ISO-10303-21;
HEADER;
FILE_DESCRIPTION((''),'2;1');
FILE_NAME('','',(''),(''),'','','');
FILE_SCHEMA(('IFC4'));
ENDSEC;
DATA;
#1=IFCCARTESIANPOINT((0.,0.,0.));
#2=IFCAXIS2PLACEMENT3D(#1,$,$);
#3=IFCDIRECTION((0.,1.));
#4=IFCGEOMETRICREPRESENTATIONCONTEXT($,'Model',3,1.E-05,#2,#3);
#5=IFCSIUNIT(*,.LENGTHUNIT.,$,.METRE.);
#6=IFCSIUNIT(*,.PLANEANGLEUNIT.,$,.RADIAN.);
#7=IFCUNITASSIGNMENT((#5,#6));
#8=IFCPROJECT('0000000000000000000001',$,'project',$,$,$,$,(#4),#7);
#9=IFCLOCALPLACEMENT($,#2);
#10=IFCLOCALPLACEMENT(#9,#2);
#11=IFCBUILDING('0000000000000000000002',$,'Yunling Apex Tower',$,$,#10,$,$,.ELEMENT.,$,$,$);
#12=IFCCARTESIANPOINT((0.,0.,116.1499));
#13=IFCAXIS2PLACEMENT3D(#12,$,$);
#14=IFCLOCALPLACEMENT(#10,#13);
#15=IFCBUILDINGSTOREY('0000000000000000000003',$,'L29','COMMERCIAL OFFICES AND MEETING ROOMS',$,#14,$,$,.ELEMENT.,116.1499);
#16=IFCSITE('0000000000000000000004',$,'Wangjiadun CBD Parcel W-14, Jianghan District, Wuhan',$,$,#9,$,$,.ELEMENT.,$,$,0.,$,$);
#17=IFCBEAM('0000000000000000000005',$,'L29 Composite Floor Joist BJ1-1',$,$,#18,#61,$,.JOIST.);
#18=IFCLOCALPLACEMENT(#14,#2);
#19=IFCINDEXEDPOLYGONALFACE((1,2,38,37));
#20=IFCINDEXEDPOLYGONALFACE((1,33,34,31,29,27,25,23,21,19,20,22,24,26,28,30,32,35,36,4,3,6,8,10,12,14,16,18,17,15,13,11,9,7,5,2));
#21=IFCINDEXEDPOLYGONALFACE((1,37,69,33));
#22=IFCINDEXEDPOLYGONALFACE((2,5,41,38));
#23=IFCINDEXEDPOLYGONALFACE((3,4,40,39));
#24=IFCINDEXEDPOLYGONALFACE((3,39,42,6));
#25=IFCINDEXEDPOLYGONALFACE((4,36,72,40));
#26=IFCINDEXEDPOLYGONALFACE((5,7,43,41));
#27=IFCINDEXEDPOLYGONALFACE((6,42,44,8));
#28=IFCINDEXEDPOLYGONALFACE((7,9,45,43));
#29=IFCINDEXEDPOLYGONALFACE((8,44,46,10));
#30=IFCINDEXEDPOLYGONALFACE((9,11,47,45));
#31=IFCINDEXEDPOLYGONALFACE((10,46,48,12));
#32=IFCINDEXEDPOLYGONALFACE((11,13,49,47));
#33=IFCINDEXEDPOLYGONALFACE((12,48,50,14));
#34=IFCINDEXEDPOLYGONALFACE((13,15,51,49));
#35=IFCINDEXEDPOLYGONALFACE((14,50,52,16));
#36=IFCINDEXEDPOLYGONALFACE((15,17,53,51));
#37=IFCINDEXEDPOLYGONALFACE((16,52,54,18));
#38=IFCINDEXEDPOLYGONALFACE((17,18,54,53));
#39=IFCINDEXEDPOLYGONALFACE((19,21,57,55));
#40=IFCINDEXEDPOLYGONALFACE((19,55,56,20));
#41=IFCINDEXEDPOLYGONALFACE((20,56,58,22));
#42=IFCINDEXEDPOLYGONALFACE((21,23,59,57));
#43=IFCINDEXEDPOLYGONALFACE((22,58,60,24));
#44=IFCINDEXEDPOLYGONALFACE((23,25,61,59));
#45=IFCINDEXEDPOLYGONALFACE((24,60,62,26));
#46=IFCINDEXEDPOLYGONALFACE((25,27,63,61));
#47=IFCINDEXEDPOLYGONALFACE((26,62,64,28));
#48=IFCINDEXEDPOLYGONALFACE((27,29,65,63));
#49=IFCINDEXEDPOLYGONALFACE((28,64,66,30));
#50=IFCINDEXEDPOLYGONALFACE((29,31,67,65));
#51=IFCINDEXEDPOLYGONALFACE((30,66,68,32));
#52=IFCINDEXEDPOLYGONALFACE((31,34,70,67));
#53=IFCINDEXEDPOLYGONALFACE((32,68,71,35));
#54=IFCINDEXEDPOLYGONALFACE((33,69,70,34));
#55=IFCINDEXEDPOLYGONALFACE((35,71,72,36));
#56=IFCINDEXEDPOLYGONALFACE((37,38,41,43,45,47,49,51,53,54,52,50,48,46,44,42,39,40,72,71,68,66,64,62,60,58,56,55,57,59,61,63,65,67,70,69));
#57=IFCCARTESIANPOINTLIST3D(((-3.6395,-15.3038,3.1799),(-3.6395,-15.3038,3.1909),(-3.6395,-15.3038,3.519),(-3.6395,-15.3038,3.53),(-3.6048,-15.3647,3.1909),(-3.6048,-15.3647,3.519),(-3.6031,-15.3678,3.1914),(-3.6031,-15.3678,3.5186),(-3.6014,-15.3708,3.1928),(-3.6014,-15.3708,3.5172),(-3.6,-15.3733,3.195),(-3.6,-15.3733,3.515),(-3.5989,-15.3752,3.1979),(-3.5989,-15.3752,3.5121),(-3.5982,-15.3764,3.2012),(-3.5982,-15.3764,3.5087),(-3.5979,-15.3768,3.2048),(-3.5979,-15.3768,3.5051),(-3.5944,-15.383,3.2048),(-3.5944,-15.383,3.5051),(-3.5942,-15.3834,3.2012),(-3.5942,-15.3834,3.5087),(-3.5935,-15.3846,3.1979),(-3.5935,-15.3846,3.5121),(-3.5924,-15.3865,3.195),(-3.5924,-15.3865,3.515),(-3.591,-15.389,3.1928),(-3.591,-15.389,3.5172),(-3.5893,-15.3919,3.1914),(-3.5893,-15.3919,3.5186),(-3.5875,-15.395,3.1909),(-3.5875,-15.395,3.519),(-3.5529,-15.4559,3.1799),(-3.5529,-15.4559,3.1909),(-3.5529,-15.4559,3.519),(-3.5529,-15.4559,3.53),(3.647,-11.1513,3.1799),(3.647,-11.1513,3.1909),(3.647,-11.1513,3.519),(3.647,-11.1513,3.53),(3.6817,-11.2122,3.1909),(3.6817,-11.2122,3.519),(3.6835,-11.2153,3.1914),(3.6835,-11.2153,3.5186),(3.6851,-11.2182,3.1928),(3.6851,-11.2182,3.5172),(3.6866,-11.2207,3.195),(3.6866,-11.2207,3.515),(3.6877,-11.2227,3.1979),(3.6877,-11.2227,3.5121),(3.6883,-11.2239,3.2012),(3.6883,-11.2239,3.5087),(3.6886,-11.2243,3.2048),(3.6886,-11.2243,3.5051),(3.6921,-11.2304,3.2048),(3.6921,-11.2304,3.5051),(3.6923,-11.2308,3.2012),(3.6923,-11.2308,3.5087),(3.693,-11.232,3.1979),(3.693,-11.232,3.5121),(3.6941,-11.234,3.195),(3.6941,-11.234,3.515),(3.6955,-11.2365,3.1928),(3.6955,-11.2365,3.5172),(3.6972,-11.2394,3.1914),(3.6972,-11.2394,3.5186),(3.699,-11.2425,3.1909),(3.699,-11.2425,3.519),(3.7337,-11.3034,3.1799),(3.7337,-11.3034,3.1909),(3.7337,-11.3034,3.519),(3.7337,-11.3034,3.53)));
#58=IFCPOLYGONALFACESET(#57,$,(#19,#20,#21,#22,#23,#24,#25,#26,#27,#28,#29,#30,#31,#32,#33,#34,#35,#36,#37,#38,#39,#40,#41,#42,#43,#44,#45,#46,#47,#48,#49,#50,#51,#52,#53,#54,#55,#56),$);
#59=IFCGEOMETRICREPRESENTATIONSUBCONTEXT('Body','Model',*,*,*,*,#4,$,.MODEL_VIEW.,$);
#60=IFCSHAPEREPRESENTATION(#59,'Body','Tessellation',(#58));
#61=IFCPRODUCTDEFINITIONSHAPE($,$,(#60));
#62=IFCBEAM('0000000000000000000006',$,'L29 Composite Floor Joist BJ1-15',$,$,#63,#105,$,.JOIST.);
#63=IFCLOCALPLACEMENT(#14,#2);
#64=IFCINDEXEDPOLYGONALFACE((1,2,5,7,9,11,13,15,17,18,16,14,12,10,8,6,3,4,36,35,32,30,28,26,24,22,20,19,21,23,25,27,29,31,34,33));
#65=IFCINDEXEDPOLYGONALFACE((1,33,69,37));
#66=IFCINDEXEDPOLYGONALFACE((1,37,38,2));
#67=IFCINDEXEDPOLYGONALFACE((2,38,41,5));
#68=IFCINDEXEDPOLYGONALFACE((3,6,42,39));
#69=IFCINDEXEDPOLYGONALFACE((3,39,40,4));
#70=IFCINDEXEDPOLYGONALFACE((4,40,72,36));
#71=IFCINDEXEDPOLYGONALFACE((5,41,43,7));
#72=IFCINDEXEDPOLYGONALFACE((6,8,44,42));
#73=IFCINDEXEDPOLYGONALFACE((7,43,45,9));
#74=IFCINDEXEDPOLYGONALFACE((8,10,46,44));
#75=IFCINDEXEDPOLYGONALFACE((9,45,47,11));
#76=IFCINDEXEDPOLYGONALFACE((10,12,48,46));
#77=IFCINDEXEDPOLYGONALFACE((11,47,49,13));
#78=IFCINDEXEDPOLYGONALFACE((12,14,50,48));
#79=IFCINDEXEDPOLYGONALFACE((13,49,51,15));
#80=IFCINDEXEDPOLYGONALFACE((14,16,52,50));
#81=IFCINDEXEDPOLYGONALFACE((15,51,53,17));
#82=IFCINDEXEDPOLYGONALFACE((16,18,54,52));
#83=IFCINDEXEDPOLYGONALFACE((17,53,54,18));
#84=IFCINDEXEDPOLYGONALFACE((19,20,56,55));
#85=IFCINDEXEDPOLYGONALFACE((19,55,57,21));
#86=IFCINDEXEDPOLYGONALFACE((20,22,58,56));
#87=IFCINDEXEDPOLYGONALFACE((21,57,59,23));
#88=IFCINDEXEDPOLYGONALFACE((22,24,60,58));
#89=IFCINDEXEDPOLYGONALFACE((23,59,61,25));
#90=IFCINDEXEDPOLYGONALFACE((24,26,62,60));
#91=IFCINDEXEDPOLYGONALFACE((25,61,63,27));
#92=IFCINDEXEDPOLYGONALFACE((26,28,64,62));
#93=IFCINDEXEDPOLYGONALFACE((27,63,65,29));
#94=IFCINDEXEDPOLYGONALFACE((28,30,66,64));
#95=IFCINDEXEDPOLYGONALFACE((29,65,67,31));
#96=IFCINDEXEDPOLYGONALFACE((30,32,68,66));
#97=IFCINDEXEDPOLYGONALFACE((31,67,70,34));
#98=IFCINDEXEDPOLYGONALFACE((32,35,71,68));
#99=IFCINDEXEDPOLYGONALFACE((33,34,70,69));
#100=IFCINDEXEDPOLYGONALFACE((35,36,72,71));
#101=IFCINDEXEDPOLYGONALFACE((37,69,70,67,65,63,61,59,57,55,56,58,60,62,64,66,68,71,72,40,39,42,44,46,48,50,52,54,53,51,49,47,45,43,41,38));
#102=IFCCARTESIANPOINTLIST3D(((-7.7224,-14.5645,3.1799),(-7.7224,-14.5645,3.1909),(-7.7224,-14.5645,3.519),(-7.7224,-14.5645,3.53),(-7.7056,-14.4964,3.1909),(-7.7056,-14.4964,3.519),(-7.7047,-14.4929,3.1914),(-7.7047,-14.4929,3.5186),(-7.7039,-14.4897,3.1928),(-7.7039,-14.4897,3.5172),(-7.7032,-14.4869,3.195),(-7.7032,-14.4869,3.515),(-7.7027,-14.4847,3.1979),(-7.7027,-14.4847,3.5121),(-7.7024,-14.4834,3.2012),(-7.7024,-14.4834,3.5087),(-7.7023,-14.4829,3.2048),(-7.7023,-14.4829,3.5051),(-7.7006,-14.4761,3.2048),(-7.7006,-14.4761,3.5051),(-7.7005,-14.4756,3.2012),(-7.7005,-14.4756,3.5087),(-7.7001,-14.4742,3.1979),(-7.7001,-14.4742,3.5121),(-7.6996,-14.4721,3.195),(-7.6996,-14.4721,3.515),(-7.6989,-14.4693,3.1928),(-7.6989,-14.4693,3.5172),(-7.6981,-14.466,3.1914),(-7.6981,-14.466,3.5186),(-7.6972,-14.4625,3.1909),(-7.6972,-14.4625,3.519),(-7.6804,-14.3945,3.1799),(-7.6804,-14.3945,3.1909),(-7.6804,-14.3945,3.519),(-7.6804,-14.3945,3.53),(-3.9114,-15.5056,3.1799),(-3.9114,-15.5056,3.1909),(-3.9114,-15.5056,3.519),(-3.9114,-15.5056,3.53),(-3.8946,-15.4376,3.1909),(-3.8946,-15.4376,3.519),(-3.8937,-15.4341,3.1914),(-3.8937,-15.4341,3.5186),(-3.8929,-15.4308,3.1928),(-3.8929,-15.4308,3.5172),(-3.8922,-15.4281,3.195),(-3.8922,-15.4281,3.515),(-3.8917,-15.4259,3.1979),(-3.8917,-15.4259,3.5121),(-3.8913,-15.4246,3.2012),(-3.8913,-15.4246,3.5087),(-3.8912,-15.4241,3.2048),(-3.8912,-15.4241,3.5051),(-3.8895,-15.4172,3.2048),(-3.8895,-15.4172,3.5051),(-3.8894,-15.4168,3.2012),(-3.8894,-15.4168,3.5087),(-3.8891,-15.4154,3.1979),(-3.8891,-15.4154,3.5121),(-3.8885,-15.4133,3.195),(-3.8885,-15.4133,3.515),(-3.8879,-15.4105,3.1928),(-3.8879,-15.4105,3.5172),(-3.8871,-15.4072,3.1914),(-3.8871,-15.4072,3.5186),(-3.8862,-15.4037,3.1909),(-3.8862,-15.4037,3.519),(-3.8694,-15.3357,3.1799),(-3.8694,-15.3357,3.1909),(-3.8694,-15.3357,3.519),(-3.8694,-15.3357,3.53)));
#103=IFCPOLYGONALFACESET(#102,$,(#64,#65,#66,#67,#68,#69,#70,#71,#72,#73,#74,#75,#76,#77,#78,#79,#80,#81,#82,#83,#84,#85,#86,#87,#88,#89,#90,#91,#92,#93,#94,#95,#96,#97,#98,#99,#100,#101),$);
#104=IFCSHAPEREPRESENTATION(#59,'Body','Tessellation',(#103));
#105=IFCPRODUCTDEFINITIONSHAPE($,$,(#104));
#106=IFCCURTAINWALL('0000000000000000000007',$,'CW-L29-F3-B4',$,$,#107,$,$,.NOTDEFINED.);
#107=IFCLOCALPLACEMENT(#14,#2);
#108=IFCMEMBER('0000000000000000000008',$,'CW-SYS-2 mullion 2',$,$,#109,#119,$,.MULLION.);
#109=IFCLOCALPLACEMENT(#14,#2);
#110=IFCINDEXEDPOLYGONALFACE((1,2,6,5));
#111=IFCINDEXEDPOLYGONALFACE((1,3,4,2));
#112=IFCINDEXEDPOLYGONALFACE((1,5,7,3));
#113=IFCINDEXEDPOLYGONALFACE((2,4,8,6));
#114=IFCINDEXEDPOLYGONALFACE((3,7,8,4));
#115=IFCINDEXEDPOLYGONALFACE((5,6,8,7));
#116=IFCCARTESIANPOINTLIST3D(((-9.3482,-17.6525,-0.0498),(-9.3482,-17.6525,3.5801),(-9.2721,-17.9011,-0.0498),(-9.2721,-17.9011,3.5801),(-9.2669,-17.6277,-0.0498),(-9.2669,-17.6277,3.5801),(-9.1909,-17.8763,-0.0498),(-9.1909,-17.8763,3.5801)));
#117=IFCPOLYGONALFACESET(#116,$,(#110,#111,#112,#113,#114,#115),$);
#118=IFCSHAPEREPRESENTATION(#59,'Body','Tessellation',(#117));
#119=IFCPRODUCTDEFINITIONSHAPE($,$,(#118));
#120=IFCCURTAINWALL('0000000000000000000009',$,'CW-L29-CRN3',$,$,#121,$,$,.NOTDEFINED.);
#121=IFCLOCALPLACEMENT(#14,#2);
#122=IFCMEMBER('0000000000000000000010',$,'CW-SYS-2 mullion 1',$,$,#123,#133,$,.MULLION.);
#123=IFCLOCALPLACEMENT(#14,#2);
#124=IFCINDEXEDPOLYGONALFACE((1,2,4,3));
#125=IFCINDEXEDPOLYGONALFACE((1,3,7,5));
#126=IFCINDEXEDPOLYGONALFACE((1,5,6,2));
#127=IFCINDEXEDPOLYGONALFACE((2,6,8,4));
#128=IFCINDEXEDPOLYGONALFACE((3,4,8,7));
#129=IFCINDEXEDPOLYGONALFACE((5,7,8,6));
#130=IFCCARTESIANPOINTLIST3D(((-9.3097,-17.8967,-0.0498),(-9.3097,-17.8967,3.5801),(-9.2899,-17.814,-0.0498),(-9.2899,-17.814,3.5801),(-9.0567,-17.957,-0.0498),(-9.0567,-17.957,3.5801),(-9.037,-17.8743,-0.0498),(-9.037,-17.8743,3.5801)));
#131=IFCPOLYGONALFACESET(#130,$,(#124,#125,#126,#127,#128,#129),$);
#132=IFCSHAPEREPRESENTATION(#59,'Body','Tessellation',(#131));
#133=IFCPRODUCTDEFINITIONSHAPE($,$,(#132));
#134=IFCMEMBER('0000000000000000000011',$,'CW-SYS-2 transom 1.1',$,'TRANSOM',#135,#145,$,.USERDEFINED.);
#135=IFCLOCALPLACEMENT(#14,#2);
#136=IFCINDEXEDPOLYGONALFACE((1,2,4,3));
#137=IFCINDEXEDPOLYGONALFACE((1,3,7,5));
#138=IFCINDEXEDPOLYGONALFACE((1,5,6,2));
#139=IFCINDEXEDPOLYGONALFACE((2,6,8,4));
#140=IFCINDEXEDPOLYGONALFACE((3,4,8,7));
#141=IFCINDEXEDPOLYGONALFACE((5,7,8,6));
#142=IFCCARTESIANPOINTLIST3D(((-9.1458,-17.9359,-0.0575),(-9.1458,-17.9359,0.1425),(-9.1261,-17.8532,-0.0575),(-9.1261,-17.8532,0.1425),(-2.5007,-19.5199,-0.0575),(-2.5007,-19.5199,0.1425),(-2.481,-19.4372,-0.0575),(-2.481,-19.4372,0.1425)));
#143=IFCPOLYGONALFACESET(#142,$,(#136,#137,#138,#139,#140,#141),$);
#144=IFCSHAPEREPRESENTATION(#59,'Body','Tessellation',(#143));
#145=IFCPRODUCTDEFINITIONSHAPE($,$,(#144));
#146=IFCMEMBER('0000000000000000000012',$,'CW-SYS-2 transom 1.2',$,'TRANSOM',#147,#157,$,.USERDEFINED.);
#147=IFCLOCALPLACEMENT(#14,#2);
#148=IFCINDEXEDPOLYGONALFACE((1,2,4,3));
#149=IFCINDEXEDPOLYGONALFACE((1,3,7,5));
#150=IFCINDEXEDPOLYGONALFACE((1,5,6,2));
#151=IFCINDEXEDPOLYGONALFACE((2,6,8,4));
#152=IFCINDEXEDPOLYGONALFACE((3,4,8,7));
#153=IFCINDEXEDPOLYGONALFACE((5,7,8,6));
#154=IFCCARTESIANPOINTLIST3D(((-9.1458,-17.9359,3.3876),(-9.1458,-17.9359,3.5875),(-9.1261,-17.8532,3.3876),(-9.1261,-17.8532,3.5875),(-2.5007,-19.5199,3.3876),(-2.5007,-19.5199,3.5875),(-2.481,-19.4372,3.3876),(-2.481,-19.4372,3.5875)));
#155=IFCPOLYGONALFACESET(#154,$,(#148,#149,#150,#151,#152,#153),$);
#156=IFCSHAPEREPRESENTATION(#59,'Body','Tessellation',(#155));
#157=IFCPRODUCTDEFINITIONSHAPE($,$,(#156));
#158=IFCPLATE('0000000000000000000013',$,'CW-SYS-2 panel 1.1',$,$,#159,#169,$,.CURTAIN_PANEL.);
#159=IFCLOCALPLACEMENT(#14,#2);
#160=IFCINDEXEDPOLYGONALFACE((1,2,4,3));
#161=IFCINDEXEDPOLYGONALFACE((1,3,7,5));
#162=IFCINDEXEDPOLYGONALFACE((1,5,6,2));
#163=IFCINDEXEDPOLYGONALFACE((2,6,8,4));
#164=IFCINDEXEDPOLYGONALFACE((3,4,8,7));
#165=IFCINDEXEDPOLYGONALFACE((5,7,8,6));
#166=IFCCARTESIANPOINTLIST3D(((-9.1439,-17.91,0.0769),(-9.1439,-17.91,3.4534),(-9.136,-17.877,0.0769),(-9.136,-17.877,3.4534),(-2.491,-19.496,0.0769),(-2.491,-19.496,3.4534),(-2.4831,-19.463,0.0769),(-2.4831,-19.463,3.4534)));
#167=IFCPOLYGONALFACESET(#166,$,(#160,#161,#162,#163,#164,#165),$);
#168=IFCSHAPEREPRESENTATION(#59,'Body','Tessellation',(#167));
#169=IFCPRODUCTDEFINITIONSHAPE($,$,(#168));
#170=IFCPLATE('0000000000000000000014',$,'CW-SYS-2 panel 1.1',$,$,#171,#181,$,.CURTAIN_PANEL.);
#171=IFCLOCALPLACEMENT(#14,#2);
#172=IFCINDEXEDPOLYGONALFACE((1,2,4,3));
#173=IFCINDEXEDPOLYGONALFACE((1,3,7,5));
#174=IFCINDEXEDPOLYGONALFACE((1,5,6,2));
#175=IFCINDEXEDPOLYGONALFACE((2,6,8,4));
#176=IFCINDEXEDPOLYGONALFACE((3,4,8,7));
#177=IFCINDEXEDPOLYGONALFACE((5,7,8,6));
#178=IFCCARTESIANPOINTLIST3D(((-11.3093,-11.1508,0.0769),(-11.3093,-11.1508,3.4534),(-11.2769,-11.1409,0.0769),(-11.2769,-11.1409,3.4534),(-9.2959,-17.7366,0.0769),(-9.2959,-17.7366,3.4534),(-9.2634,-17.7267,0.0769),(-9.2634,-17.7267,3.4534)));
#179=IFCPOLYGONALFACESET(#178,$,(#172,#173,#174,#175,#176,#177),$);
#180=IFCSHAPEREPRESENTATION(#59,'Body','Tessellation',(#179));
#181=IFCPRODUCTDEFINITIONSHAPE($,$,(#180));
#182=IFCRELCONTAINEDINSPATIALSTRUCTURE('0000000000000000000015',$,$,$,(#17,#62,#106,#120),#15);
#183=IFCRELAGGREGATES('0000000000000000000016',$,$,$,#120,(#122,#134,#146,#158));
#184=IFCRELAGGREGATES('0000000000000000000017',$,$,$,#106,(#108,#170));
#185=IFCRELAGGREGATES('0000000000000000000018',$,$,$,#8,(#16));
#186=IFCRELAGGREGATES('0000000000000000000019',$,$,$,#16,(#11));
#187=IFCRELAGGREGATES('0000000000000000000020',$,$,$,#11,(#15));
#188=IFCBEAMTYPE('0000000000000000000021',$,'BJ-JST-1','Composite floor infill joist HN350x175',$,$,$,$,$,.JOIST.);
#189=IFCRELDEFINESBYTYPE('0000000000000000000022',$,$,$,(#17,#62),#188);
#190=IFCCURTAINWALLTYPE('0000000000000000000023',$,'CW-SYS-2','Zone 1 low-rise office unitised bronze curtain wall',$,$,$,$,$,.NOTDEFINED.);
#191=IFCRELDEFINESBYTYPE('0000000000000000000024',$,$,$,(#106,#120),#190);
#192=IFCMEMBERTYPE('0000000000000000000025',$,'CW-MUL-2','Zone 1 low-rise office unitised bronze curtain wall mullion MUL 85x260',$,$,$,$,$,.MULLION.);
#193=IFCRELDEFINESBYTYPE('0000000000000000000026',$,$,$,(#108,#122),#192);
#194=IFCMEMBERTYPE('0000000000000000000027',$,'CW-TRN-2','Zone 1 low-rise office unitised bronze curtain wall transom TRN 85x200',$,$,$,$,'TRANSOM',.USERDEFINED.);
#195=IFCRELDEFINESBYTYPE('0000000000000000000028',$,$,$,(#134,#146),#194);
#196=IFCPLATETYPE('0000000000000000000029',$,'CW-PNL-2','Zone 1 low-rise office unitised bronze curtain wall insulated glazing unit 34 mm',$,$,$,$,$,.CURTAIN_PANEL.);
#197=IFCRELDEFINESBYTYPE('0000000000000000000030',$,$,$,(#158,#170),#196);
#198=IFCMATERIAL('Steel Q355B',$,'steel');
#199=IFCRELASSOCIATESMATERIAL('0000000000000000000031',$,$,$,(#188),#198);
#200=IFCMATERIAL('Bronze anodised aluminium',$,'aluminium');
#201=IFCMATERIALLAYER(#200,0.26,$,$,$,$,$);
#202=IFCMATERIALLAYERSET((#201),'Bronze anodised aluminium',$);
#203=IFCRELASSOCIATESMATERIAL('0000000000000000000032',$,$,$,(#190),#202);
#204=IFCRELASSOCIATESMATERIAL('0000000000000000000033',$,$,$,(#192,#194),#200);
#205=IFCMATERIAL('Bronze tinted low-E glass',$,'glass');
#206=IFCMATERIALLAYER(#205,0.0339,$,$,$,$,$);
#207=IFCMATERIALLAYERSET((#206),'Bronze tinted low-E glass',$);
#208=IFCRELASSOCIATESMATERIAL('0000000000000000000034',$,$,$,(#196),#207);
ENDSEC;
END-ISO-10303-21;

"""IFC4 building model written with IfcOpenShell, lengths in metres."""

from ifc_helpers import new_model, si_unit, direction, frame, origin, origin_2d, place, context, subcontext, project, spatial, rectangle, i_section, extrude, source, transform, mapped, material, layer, layer_set, material_profile, profile_set, type_object, element, aggregate, save


model = new_model("IFC4")

# Units and contexts
model_context = context("Model", 3, precision=1e-05, world=origin(), true_north=direction((0.0, 1.0)))
body_context = subcontext(model_context, "Body", "Model", "MODEL_VIEW")
ifc_project = project(units=[si_unit("LENGTHUNIT", "METRE"), si_unit("PLANEANGLEUNIT", "RADIAN")], contexts=[model_context])

# Site, building, storey
site_placement = place(None, origin())
site = spatial("IfcSite", under=ifc_project, at=site_placement, Name="Wangjiadun CBD Parcel W-14, Jianghan District, Wuhan", CompositionType="ELEMENT", RefElevation=0.0)
building_placement = place(site_placement, origin())
building = spatial("IfcBuilding", under=site, at=building_placement, Name="Yunling Apex Tower", CompositionType="ELEMENT")
storey_placement = place(building_placement, frame((0.0, 0.0, 116.1499)))
storey = spatial("IfcBuildingStorey", under=building, at=storey_placement, Name="L29", Description="COMMERCIAL OFFICES AND MEETING ROOMS", CompositionType="ELEMENT", Elevation=116.1499)

# Beams
ifc_material_1 = material(Name="Steel Q355B", Category="steel")
ifc_material_profile_1 = material_profile(ifc_material_1, i_section(OverallWidth=0.175, OverallDepth=0.3501, WebThickness=0.0071, FlangeThickness=0.011, FilletRadius=0.0139, at=origin_2d()))
ifc_profile_set_1 = profile_set([ifc_material_profile_1], Name="Steel Q355B")
beam_type_1 = type_object("IfcBeamType", Name="BJ-JST-1", Description="Composite floor infill joist HN350x175", PredefinedType="JOIST", material=ifc_profile_set_1)
shared_shape_1 = source(origin(), body_context, "Body", "SweptSolid", [
    extrude(i_section(OverallWidth=0.175, OverallDepth=0.3501, WebThickness=0.0071, FlangeThickness=0.011, FilletRadius=0.0139, at=origin_2d()), origin(), (0.0, 0.0, 1.0), 8.3867),
])
beam_1_placement = place(storey_placement, frame((-3.5962, -15.3799, 3.355), z_axis=(0.868818, 0.495132, 0.0), x_axis=(-0.495132, 0.868818, 0.0)))
element("IfcBeam", 1, at=beam_1_placement, inside=storey, type_object=beam_type_1, Name="L29 Composite Floor Joist BJ1-1", PredefinedType="JOIST", context=body_context, shape_type="MappedRepresentation", body=[
    mapped(shared_shape_1, transform((0.0, 0.0, 0.0), scale=1.0)),
])
shared_shape_2 = source(origin(), body_context, "Body", "SweptSolid", [
    extrude(i_section(OverallWidth=0.175, OverallDepth=0.3501, WebThickness=0.0071, FlangeThickness=0.011, FilletRadius=0.0139, at=origin_2d()), origin(), (0.0, 0.0, 1.0), 3.9255),
])
beam_2_placement = place(storey_placement, frame((-7.7014, -14.4795, 3.355), z_axis=(0.970834, -0.239754, 0.0), x_axis=(0.239754, 0.970834, 0.0)))
element("IfcBeam", 2, at=beam_2_placement, inside=storey, type_object=beam_type_1, Name="L29 Composite Floor Joist BJ1-15", PredefinedType="JOIST", context=body_context, shape_type="MappedRepresentation", body=[
    mapped(shared_shape_2, transform((0.0, 0.0, 0.0), scale=1.0)),
])

# Curtain wall, member
ifc_material_2 = material(Name="Bronze anodised aluminium", Category="aluminium")
ifc_layer_1 = layer(ifc_material_2, 0.26)
ifc_layer_set_1 = layer_set([ifc_layer_1], Name="Bronze anodised aluminium")
curtain_wall_type = type_object("IfcCurtainWallType", Name="CW-SYS-2", Description="Zone 1 low-rise office unitised bronze curtain wall", PredefinedType="NOTDEFINED", material=ifc_layer_set_1)
curtain_wall_1_placement = place(storey_placement, origin())
curtain_wall_1 = element("IfcCurtainWall", 3, at=curtain_wall_1_placement, inside=storey, type_object=curtain_wall_type, Name="CW-L29-F3-B4", PredefinedType="NOTDEFINED")
ifc_material_profile_2 = material_profile(ifc_material_2, rectangle(XDim=0.085, YDim=0.26, at=origin_2d()))
ifc_profile_set_2 = profile_set([ifc_material_profile_2], Name="Bronze anodised aluminium")
member_type_1 = type_object("IfcMemberType", Name="CW-MUL-2", Description="Zone 1 low-rise office unitised bronze curtain wall mullion MUL 85x260", PredefinedType="MULLION", material=ifc_profile_set_2)
shared_shape_3 = source(origin(), body_context, "Body", "SweptSolid", [
    extrude(rectangle(XDim=0.085, YDim=0.26, at=origin_2d()), origin(), (0.0, 0.0, 1.0), 3.6299),
])
member_1_placement = place(storey_placement, frame((-9.2695, -17.7644, -0.0498), z_axis=(0.0, 0.0, 1.0), x_axis=(0.956304, 0.292373, 0.0)))
member_1 = element("IfcMember", 4, at=member_1_placement, type_object=member_type_1, Name="CW-SYS-2 mullion 2", PredefinedType="MULLION", context=body_context, shape_type="MappedRepresentation", body=[
    mapped(shared_shape_3, transform((0.0, 0.0, 0.0), scale=1.0)),
])

# Curtain wall, members, plate
curtain_wall_2_placement = place(storey_placement, origin())
curtain_wall_2 = element("IfcCurtainWall", 5, at=curtain_wall_2_placement, inside=storey, type_object=curtain_wall_type, Name="CW-L29-CRN3", PredefinedType="NOTDEFINED")
member_2_placement = place(storey_placement, frame((-9.1733, -17.8855, -0.0498), z_axis=(0.0, 0.0, 1.0), x_axis=(0.231895, 0.972741, 0.0)))
member_2 = element("IfcMember", 6, at=member_2_placement, type_object=member_type_1, Name="CW-SYS-2 mullion 1", PredefinedType="MULLION", context=body_context, shape_type="MappedRepresentation", body=[
    mapped(shared_shape_3, transform((0.0, 0.0, 0.0), scale=1.0)),
])
ifc_material_profile_3 = material_profile(ifc_material_2, rectangle(XDim=0.085, YDim=0.2, at=origin_2d()))
ifc_profile_set_3 = profile_set([ifc_material_profile_3], Name="Bronze anodised aluminium")
member_type_2 = type_object("IfcMemberType", Name="CW-TRN-2", Description="Zone 1 low-rise office unitised bronze curtain wall transom TRN 85x200", ElementType="TRANSOM", PredefinedType="USERDEFINED", material=ifc_profile_set_3)
shared_shape_4 = source(origin(), body_context, "Body", "SweptSolid", [
    extrude(rectangle(XDim=0.085, YDim=0.2, at=origin_2d()), origin(), (0.0, 0.0, 1.0), 6.8313),
])
member_3_placement = place(storey_placement, frame((-9.136, -17.8945, 0.0425), z_axis=(0.972746, -0.231875, 0.0), x_axis=(0.231875, 0.972746, 0.0)))
member_3 = element("IfcMember", 7, at=member_3_placement, type_object=member_type_2, Name="CW-SYS-2 transom 1.1", ObjectType="TRANSOM", PredefinedType="USERDEFINED", context=body_context, shape_type="MappedRepresentation", body=[
    mapped(shared_shape_4, transform((0.0, 0.0, 0.0), scale=1.0)),
])
member_4_placement = place(storey_placement, frame((-9.136, -17.8945, 3.4875), z_axis=(0.972746, -0.231875, 0.0), x_axis=(0.231875, 0.972746, 0.0)))
member_4 = element("IfcMember", 8, at=member_4_placement, type_object=member_type_2, Name="CW-SYS-2 transom 1.2", ObjectType="TRANSOM", PredefinedType="USERDEFINED", context=body_context, shape_type="MappedRepresentation", body=[
    mapped(shared_shape_4, transform((0.0, 0.0, 0.0), scale=1.0)),
])
ifc_material_3 = material(Name="Bronze tinted low-E glass", Category="glass")
ifc_layer_2 = layer(ifc_material_3, 0.0339)
ifc_layer_set_2 = layer_set([ifc_layer_2], Name="Bronze tinted low-E glass")
plate_type = type_object("IfcPlateType", Name="CW-PNL-2", Description="Zone 1 low-rise office unitised bronze curtain wall insulated glazing unit 34 mm", PredefinedType="CURTAIN_PANEL", material=ifc_layer_set_2)
shared_shape_5 = source(origin(), body_context, "Body", "SweptSolid", [
    extrude(rectangle(XDim=6.8394, YDim=0.0339, at=origin_2d()), origin(), (0.0, 0.0, 1.0), 3.3765),
])
plate_1_placement = place(storey_placement, frame((-5.8135, -18.6865, 0.0769), z_axis=(0.0, 0.0, 1.0), x_axis=(0.972741, -0.231895, 0.0)))
plate_1 = element("IfcPlate", 9, at=plate_1_placement, type_object=plate_type, Name="CW-SYS-2 panel 1.1", PredefinedType="CURTAIN_PANEL", context=body_context, shape_type="MappedRepresentation", body=[
    mapped(shared_shape_5, transform((0.0, 0.0, 0.0), scale=1.0)),
])
aggregate(curtain_wall_2, [member_2, member_3, member_4, plate_1])

# Plate
shared_shape_6 = source(origin(), body_context, "Body", "SweptSolid", [
    extrude(rectangle(XDim=6.8867, YDim=0.0339, at=origin_2d()), origin(), (0.0, 0.0, 1.0), 3.3765),
])
plate_2_placement = place(storey_placement, frame((-10.2864, -14.4387, 0.0769), z_axis=(0.0, 0.0, 1.0), x_axis=(0.292373, -0.956304, 0.0)))
plate_2 = element("IfcPlate", 10, at=plate_2_placement, type_object=plate_type, Name="CW-SYS-2 panel 1.1", PredefinedType="CURTAIN_PANEL", context=body_context, shape_type="MappedRepresentation", body=[
    mapped(shared_shape_6, transform((0.0, 0.0, 0.0), scale=1.0)),
])
aggregate(curtain_wall_1, [member_1, plate_2])

save(model, "model.ifc")
